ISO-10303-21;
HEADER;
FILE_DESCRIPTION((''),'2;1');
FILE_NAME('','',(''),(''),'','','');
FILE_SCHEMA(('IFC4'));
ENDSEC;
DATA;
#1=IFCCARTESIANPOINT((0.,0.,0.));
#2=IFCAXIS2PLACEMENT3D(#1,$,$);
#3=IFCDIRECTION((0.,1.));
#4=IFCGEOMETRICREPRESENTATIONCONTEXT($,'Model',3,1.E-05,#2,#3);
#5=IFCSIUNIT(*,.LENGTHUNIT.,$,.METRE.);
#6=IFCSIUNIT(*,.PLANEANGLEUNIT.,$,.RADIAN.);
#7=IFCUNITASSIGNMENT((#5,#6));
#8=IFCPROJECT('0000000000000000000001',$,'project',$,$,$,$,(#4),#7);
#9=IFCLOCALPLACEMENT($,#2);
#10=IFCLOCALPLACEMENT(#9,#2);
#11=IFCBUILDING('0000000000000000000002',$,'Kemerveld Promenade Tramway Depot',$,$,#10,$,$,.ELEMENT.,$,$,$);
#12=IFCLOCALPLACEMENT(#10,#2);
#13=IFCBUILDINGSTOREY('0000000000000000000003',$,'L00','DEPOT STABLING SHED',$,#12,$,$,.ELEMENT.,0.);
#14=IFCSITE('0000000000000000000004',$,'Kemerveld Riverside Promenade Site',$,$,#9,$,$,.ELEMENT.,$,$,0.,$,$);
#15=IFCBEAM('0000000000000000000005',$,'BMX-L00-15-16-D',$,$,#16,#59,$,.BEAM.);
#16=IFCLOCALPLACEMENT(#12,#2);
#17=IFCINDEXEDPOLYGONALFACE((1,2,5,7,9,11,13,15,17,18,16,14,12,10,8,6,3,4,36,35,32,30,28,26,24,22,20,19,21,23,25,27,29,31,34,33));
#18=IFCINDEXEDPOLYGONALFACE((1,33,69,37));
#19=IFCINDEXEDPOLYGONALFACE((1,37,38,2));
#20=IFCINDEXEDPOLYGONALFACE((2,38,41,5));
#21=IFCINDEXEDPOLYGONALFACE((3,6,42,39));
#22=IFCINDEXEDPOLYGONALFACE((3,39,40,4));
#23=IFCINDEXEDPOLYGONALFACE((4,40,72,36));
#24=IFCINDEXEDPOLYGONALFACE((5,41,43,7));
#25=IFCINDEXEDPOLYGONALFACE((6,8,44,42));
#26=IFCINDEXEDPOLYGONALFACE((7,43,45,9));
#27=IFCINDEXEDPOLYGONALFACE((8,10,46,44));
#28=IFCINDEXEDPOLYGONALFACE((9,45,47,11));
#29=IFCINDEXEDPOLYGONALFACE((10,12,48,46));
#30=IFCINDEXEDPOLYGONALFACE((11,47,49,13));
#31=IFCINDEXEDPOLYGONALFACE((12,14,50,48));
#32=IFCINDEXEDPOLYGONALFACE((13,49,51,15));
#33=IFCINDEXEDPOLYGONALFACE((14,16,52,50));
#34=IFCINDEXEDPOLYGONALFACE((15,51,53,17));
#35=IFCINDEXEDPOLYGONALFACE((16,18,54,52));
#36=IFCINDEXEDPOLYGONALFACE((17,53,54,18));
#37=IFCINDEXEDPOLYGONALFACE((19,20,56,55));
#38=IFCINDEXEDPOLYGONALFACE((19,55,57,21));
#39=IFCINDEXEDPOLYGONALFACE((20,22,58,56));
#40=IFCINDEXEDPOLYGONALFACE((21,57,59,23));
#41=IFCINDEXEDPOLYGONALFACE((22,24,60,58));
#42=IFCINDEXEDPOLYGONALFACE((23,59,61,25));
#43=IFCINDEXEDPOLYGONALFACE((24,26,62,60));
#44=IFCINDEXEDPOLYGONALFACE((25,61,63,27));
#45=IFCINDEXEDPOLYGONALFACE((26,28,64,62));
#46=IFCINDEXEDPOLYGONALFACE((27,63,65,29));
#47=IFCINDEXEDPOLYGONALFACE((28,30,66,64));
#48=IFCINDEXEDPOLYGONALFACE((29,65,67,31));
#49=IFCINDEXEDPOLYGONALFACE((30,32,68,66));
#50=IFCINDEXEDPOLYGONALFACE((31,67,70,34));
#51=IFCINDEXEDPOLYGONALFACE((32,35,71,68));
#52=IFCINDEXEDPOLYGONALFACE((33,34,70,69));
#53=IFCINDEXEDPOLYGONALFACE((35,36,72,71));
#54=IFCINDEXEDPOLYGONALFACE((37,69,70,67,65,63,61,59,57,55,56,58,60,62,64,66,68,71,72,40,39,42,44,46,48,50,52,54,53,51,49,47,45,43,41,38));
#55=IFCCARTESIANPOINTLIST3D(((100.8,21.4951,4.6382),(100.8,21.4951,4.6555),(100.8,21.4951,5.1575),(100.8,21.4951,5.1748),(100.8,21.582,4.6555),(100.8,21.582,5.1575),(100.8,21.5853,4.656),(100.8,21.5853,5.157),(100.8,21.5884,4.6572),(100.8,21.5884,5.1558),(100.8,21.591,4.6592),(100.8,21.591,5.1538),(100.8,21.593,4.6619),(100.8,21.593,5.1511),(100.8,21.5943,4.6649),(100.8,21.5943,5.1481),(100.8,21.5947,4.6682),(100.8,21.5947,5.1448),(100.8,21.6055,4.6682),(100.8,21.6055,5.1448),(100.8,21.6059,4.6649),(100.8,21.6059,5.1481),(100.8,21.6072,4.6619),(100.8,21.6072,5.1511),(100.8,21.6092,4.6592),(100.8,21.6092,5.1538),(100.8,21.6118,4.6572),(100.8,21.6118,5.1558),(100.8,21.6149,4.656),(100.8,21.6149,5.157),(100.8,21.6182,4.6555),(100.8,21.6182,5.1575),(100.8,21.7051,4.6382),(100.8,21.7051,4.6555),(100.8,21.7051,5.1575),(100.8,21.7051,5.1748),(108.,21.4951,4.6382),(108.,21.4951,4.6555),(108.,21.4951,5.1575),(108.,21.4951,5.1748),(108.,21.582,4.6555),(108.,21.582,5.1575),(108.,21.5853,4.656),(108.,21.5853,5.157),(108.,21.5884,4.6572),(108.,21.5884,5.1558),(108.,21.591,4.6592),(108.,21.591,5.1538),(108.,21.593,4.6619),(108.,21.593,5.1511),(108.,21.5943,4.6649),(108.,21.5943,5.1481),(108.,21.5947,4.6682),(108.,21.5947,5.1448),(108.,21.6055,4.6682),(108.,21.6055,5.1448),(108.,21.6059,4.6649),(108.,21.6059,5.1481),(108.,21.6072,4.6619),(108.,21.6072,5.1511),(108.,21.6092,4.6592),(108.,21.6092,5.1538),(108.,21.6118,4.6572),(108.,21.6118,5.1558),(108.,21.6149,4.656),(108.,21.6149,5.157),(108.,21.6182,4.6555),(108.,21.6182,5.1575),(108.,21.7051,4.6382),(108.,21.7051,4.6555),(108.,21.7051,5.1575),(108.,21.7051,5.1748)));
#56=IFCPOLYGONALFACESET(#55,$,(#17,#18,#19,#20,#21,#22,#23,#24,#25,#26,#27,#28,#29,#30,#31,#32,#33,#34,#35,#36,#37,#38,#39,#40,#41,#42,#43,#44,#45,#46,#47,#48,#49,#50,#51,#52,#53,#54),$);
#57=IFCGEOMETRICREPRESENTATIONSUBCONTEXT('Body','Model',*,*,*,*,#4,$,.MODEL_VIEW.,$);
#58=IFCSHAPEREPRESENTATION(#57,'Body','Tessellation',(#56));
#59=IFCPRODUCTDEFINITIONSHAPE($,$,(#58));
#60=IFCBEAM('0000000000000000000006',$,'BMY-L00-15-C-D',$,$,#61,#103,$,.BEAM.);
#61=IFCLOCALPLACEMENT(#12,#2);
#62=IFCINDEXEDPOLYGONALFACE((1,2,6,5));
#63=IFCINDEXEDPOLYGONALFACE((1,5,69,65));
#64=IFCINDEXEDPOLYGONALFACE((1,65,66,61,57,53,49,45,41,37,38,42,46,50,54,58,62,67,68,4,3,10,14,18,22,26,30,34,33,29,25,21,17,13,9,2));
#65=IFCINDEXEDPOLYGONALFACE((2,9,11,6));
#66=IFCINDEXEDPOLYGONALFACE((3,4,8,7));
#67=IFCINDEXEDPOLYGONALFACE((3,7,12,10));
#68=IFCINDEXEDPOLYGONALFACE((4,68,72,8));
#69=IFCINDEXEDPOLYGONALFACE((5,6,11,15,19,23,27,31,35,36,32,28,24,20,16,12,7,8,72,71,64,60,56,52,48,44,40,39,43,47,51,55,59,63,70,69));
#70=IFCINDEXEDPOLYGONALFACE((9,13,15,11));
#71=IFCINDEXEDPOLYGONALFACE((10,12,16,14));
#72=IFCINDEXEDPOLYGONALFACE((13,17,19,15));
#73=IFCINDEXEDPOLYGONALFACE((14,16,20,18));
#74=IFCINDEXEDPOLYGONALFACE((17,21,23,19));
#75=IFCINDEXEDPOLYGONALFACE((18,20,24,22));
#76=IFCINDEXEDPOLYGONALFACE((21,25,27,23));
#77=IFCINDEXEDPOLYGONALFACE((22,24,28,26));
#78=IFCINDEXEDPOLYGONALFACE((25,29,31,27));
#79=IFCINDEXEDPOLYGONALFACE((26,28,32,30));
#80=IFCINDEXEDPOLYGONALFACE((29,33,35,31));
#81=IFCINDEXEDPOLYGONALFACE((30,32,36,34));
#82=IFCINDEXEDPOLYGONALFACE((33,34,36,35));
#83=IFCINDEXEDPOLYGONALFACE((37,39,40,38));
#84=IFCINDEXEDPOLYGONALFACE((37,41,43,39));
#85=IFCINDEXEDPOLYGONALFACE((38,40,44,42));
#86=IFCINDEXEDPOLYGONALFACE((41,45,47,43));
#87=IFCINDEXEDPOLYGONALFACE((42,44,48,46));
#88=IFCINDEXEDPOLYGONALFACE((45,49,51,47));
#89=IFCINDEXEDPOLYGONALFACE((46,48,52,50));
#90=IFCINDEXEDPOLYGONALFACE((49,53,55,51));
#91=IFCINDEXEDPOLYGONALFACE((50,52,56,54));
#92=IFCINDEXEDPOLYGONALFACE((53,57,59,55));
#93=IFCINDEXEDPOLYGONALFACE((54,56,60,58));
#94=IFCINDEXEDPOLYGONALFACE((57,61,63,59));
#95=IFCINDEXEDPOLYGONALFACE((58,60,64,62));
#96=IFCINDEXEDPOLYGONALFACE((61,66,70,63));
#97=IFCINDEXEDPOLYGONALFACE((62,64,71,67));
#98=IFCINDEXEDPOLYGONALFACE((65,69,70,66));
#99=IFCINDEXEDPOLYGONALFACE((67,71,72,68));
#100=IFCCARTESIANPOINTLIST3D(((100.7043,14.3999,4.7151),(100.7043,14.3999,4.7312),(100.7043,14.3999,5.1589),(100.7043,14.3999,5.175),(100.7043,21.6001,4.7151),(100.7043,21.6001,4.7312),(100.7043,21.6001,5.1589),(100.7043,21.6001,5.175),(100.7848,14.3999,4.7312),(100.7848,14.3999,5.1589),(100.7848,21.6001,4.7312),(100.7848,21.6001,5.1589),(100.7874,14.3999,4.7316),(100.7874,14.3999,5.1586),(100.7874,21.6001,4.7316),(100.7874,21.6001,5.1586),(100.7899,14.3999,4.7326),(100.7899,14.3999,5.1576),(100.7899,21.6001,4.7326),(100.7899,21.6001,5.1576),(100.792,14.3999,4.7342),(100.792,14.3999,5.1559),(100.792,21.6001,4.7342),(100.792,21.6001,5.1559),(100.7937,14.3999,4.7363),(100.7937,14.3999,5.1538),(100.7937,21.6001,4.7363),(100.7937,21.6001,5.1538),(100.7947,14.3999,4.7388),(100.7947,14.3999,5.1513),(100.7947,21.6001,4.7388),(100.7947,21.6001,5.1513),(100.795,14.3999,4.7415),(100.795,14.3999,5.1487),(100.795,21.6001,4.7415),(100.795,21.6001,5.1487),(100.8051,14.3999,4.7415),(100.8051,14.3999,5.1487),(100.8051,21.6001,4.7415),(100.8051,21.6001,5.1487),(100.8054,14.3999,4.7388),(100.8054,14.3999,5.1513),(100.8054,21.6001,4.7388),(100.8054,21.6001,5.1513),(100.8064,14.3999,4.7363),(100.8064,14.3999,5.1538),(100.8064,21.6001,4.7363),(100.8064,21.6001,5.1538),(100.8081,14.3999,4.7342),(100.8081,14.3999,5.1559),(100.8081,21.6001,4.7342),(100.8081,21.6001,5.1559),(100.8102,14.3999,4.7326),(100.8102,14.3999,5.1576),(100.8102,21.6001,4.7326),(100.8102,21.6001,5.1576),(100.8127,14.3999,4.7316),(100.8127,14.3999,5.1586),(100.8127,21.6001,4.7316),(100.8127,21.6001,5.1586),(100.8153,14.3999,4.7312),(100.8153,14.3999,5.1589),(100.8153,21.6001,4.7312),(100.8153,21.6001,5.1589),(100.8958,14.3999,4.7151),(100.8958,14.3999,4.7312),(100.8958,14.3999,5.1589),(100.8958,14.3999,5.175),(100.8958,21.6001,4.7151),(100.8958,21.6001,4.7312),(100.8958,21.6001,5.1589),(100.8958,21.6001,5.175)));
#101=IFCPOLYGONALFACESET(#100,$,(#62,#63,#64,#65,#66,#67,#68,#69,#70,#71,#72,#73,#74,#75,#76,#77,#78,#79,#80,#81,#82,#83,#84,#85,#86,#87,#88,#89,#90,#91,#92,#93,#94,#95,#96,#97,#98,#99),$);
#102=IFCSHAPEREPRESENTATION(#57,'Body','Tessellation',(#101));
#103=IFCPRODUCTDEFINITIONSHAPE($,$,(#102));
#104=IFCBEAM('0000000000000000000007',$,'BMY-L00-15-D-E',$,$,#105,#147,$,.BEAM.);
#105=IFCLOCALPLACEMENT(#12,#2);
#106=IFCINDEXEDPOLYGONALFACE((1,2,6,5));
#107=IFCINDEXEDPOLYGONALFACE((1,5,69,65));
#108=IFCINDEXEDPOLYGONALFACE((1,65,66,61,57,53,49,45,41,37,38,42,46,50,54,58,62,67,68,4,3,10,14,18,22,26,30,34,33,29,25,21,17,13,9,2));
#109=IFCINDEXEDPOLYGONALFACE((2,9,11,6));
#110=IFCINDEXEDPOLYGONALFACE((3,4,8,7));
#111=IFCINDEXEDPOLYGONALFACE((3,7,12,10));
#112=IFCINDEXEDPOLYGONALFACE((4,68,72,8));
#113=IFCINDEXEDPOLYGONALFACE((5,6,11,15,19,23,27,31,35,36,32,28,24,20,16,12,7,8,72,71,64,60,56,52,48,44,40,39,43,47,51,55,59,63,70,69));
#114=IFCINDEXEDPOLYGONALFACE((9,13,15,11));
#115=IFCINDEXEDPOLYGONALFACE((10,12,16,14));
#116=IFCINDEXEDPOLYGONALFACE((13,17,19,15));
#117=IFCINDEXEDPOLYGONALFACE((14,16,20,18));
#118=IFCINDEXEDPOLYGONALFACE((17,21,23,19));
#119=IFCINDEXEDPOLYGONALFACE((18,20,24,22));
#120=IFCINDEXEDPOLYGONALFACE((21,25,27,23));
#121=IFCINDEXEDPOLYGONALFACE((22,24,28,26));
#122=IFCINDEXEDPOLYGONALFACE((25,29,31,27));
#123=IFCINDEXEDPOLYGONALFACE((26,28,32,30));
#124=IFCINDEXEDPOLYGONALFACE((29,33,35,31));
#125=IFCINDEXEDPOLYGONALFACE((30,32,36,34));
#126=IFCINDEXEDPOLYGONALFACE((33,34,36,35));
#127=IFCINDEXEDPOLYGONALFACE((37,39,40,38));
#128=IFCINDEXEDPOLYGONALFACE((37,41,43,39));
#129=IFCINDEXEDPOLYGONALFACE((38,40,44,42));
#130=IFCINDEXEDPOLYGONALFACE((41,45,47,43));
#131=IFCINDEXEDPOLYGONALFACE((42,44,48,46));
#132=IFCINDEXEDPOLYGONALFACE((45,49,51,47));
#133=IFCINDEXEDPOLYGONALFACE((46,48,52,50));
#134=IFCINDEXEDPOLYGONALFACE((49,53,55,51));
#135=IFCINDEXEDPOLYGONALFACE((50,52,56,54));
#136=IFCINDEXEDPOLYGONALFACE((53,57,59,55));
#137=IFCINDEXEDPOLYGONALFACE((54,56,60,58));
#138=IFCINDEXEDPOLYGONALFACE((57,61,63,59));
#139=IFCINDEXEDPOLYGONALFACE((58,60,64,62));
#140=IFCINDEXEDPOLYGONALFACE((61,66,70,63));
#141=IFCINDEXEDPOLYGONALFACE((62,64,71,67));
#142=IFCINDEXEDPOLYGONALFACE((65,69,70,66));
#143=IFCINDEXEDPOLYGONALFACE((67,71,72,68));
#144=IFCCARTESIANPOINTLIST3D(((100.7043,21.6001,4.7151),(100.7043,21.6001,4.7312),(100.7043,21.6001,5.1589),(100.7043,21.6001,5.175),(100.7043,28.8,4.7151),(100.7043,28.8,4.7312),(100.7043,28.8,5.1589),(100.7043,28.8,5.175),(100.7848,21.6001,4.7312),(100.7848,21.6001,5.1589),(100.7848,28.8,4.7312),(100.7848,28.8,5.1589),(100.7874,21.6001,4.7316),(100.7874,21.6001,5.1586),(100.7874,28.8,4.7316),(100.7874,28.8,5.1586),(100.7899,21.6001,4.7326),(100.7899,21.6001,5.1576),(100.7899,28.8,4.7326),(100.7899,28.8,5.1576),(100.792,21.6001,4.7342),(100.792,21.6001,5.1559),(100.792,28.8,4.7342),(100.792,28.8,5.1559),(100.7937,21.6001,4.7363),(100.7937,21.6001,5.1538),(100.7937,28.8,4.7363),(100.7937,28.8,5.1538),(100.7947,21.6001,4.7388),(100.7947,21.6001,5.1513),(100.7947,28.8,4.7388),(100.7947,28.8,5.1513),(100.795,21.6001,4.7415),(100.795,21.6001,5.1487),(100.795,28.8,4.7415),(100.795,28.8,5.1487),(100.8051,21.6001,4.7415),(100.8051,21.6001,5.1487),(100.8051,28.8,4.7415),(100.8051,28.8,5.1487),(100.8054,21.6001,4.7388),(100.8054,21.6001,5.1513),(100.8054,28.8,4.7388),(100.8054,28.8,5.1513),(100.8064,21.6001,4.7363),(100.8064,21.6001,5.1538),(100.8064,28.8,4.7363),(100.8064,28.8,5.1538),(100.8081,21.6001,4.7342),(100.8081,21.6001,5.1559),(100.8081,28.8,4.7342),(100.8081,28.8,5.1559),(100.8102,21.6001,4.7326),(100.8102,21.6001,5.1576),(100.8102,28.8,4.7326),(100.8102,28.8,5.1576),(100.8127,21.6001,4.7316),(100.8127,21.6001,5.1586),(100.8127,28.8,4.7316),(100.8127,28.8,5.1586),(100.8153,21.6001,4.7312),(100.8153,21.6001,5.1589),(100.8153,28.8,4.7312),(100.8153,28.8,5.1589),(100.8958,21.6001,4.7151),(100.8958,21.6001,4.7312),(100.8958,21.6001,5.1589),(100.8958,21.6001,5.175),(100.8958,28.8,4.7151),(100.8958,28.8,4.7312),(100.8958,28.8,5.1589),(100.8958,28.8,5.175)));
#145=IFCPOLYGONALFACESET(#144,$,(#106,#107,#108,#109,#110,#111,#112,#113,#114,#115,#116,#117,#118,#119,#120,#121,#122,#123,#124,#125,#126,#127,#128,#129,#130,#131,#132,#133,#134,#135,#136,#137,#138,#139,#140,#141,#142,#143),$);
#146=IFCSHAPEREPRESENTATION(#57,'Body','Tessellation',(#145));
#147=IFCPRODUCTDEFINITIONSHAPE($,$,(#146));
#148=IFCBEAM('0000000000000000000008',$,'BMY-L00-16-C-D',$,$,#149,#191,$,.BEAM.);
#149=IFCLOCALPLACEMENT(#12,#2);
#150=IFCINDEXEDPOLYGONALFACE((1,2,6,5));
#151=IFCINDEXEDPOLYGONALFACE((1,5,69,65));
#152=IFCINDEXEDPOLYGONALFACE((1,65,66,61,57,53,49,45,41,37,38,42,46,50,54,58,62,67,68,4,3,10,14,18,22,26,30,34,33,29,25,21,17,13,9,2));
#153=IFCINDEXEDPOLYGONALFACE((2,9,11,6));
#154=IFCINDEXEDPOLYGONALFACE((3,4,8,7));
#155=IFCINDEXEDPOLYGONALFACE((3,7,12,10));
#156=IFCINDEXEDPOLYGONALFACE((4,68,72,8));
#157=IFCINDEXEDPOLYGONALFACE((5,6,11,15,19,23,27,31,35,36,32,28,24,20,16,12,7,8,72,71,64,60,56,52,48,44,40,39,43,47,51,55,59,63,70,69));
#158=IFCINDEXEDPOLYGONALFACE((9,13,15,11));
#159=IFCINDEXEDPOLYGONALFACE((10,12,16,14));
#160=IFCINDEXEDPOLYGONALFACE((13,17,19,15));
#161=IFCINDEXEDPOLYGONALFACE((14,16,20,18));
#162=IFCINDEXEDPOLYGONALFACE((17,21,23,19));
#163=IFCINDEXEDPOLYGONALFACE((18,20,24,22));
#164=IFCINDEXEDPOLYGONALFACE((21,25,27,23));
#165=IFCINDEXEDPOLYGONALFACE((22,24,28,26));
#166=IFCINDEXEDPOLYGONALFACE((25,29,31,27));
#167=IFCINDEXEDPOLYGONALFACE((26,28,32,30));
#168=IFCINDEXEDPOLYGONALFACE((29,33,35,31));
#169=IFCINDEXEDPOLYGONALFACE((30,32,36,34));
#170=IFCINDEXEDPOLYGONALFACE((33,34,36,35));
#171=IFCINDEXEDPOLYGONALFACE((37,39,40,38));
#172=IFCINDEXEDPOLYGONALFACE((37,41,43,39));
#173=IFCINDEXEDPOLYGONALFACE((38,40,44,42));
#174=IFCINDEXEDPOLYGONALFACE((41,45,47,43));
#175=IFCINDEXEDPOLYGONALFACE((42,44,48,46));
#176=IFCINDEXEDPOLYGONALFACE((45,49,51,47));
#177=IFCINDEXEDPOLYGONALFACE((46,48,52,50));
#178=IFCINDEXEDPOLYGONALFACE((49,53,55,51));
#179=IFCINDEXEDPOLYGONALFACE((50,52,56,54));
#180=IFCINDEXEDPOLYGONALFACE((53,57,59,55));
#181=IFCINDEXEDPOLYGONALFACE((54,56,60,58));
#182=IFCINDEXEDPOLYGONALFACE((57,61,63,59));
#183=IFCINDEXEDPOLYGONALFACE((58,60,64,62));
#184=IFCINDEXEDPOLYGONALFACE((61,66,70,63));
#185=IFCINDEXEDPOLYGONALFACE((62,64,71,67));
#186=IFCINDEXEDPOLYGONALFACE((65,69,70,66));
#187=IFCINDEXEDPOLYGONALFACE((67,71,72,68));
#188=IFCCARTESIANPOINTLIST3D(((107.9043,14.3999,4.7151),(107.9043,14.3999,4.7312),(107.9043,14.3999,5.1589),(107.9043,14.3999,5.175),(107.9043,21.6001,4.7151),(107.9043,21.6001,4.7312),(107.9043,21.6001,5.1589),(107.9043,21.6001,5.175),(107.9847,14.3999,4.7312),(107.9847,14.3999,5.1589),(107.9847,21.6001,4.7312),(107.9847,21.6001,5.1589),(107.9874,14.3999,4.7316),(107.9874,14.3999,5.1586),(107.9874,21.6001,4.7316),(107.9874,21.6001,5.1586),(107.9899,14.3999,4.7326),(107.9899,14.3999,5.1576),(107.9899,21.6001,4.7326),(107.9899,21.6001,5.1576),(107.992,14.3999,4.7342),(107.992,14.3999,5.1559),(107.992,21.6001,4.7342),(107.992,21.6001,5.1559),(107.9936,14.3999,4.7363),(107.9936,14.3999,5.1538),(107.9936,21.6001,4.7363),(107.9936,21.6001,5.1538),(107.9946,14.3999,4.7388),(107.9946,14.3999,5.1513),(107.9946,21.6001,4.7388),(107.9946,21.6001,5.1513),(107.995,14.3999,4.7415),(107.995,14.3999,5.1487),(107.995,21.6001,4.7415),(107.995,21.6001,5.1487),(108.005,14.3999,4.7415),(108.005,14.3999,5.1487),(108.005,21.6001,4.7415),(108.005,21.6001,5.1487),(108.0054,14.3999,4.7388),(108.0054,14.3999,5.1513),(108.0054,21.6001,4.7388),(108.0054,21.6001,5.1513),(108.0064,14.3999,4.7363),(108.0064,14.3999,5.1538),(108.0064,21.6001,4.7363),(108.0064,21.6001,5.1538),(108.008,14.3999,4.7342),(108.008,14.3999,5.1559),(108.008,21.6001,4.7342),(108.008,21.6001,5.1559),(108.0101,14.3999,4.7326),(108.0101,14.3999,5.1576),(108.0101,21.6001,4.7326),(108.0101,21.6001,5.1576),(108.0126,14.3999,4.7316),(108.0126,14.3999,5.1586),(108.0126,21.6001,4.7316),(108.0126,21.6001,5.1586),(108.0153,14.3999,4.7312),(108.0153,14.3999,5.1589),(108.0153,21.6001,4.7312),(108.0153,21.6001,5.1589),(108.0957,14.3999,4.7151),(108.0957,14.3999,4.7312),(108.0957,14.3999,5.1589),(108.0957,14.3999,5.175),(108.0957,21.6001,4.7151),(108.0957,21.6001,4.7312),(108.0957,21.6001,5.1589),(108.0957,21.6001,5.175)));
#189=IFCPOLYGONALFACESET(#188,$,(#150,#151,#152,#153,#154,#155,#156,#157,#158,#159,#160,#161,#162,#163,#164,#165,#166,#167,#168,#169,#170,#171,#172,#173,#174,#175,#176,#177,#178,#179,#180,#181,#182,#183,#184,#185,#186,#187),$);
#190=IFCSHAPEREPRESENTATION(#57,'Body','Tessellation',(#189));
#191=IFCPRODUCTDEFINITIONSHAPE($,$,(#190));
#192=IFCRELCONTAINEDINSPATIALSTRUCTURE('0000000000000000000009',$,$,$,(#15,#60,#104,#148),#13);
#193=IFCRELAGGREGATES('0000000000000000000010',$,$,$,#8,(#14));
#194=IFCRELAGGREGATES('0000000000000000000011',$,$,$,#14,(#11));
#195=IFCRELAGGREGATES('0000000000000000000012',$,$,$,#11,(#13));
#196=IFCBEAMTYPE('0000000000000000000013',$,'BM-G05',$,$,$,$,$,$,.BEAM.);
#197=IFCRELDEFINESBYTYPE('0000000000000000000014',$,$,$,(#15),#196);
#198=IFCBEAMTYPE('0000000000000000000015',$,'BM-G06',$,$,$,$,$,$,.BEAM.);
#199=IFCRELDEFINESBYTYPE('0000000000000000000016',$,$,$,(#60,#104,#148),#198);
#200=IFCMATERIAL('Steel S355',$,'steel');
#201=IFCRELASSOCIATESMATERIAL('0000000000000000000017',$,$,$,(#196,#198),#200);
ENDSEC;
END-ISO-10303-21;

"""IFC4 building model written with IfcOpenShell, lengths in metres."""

from ifc_helpers import new_model, si_unit, direction, frame, origin, origin_2d, place, context, subcontext, project, spatial, i_section, extrude, material, material_profile, profile_set, type_object, element, save


model = new_model("IFC4")

# Units and contexts
model_context = context("Model", 3, precision=1e-05, world=origin(), true_north=direction((0.0, 1.0)))
body_context = subcontext(model_context, "Body", "Model", "MODEL_VIEW")
ifc_project = project(units=[si_unit("LENGTHUNIT", "METRE"), si_unit("PLANEANGLEUNIT", "RADIAN")], contexts=[model_context])

# Site, building, storey
site_placement = place(None, origin())
site = spatial("IfcSite", under=ifc_project, at=site_placement, Name="Kemerveld Riverside Promenade Site", CompositionType="ELEMENT", RefElevation=0.0)
building_placement = place(site_placement, origin())
building = spatial("IfcBuilding", under=site, at=building_placement, Name="Kemerveld Promenade Tramway Depot", CompositionType="ELEMENT")
storey_placement = place(building_placement, origin())
storey = spatial("IfcBuildingStorey", under=building, at=storey_placement, Name="L00", Description="DEPOT STABLING SHED", CompositionType="ELEMENT", Elevation=0.0)

# Shared definitions
ifc_material_1 = material(Name="Steel S355", Category="steel")

# Beams
ifc_material_profile_1 = material_profile(ifc_material_1, i_section(OverallWidth=0.21, OverallDepth=0.5366, WebThickness=0.0107, FlangeThickness=0.0173, FilletRadius=0.0127, at=origin_2d()), Name="533x210x101 UB")
ifc_profile_set_1 = profile_set([ifc_material_profile_1], Name="Steel S355")
beam_type_1 = type_object("IfcBeamType", Name="BM-G05", PredefinedType="BEAM", material=ifc_profile_set_1)
for number, where, z_axis, x_axis, name in (
    (1, (100.8, 21.6001, 4.9065), (1.0, 0.0, 0.0), (0.0, 1.0, 0.0), "BMX-L00-15-16-D"),
):
    element("IfcBeam", number, at=place(storey_placement, frame(where, z_axis=z_axis, x_axis=x_axis)), inside=storey, type_object=beam_type_1, Name=name, PredefinedType="BEAM", context=body_context, shape_type="SweptSolid", body=[
        extrude(i_section(OverallWidth=0.21, OverallDepth=0.5366, WebThickness=0.0107, FlangeThickness=0.0173, FilletRadius=0.0127, at=origin_2d()), origin(), (0.0, 0.0, 1.0), 7.2),
    ])
ifc_material_profile_2 = material_profile(ifc_material_1, i_section(OverallWidth=0.1914, OverallDepth=0.46, WebThickness=0.01, FlangeThickness=0.0161, FilletRadius=0.0103, at=origin_2d()), Name="457x191x82 UB")
ifc_profile_set_2 = profile_set([ifc_material_profile_2], Name="Steel S355")
beam_type_2 = type_object("IfcBeamType", Name="BM-G06", PredefinedType="BEAM", material=ifc_profile_set_2)
beam_1_placement = place(storey_placement, frame((100.8, 14.3999, 4.9451), z_axis=(0.0, 1.0, 0.0), x_axis=(-1.0, 0.0, 0.0)))
element("IfcBeam", 2, at=beam_1_placement, inside=storey, type_object=beam_type_2, Name="BMY-L00-15-C-D", PredefinedType="BEAM", context=body_context, shape_type="SweptSolid", body=[
    extrude(i_section(OverallWidth=0.1914, OverallDepth=0.46, WebThickness=0.01, FlangeThickness=0.0161, FilletRadius=0.0103, at=origin_2d()), origin(), (0.0, 0.0, 1.0), 7.2002),
])
beam_2_placement = place(storey_placement, frame((100.8, 21.6001, 4.9451), z_axis=(0.0, 1.0, 0.0), x_axis=(-1.0, 0.0, 0.0)))
element("IfcBeam", 3, at=beam_2_placement, inside=storey, type_object=beam_type_2, Name="BMY-L00-15-D-E", PredefinedType="BEAM", context=body_context, shape_type="SweptSolid", body=[
    extrude(i_section(OverallWidth=0.1914, OverallDepth=0.46, WebThickness=0.01, FlangeThickness=0.0161, FilletRadius=0.0103, at=origin_2d()), origin(), (0.0, 0.0, 1.0), 7.2),
])
beam_3_placement = place(storey_placement, frame((108.0, 14.3999, 4.9451), z_axis=(0.0, 1.0, 0.0), x_axis=(-1.0, 0.0, 0.0)))
element("IfcBeam", 4, at=beam_3_placement, inside=storey, type_object=beam_type_2, Name="BMY-L00-16-C-D", PredefinedType="BEAM", context=body_context, shape_type="SweptSolid", body=[
    extrude(i_section(OverallWidth=0.1914, OverallDepth=0.46, WebThickness=0.01, FlangeThickness=0.0161, FilletRadius=0.0103, at=origin_2d()), origin(), (0.0, 0.0, 1.0), 7.2002),
])

save(model, "model.ifc")
